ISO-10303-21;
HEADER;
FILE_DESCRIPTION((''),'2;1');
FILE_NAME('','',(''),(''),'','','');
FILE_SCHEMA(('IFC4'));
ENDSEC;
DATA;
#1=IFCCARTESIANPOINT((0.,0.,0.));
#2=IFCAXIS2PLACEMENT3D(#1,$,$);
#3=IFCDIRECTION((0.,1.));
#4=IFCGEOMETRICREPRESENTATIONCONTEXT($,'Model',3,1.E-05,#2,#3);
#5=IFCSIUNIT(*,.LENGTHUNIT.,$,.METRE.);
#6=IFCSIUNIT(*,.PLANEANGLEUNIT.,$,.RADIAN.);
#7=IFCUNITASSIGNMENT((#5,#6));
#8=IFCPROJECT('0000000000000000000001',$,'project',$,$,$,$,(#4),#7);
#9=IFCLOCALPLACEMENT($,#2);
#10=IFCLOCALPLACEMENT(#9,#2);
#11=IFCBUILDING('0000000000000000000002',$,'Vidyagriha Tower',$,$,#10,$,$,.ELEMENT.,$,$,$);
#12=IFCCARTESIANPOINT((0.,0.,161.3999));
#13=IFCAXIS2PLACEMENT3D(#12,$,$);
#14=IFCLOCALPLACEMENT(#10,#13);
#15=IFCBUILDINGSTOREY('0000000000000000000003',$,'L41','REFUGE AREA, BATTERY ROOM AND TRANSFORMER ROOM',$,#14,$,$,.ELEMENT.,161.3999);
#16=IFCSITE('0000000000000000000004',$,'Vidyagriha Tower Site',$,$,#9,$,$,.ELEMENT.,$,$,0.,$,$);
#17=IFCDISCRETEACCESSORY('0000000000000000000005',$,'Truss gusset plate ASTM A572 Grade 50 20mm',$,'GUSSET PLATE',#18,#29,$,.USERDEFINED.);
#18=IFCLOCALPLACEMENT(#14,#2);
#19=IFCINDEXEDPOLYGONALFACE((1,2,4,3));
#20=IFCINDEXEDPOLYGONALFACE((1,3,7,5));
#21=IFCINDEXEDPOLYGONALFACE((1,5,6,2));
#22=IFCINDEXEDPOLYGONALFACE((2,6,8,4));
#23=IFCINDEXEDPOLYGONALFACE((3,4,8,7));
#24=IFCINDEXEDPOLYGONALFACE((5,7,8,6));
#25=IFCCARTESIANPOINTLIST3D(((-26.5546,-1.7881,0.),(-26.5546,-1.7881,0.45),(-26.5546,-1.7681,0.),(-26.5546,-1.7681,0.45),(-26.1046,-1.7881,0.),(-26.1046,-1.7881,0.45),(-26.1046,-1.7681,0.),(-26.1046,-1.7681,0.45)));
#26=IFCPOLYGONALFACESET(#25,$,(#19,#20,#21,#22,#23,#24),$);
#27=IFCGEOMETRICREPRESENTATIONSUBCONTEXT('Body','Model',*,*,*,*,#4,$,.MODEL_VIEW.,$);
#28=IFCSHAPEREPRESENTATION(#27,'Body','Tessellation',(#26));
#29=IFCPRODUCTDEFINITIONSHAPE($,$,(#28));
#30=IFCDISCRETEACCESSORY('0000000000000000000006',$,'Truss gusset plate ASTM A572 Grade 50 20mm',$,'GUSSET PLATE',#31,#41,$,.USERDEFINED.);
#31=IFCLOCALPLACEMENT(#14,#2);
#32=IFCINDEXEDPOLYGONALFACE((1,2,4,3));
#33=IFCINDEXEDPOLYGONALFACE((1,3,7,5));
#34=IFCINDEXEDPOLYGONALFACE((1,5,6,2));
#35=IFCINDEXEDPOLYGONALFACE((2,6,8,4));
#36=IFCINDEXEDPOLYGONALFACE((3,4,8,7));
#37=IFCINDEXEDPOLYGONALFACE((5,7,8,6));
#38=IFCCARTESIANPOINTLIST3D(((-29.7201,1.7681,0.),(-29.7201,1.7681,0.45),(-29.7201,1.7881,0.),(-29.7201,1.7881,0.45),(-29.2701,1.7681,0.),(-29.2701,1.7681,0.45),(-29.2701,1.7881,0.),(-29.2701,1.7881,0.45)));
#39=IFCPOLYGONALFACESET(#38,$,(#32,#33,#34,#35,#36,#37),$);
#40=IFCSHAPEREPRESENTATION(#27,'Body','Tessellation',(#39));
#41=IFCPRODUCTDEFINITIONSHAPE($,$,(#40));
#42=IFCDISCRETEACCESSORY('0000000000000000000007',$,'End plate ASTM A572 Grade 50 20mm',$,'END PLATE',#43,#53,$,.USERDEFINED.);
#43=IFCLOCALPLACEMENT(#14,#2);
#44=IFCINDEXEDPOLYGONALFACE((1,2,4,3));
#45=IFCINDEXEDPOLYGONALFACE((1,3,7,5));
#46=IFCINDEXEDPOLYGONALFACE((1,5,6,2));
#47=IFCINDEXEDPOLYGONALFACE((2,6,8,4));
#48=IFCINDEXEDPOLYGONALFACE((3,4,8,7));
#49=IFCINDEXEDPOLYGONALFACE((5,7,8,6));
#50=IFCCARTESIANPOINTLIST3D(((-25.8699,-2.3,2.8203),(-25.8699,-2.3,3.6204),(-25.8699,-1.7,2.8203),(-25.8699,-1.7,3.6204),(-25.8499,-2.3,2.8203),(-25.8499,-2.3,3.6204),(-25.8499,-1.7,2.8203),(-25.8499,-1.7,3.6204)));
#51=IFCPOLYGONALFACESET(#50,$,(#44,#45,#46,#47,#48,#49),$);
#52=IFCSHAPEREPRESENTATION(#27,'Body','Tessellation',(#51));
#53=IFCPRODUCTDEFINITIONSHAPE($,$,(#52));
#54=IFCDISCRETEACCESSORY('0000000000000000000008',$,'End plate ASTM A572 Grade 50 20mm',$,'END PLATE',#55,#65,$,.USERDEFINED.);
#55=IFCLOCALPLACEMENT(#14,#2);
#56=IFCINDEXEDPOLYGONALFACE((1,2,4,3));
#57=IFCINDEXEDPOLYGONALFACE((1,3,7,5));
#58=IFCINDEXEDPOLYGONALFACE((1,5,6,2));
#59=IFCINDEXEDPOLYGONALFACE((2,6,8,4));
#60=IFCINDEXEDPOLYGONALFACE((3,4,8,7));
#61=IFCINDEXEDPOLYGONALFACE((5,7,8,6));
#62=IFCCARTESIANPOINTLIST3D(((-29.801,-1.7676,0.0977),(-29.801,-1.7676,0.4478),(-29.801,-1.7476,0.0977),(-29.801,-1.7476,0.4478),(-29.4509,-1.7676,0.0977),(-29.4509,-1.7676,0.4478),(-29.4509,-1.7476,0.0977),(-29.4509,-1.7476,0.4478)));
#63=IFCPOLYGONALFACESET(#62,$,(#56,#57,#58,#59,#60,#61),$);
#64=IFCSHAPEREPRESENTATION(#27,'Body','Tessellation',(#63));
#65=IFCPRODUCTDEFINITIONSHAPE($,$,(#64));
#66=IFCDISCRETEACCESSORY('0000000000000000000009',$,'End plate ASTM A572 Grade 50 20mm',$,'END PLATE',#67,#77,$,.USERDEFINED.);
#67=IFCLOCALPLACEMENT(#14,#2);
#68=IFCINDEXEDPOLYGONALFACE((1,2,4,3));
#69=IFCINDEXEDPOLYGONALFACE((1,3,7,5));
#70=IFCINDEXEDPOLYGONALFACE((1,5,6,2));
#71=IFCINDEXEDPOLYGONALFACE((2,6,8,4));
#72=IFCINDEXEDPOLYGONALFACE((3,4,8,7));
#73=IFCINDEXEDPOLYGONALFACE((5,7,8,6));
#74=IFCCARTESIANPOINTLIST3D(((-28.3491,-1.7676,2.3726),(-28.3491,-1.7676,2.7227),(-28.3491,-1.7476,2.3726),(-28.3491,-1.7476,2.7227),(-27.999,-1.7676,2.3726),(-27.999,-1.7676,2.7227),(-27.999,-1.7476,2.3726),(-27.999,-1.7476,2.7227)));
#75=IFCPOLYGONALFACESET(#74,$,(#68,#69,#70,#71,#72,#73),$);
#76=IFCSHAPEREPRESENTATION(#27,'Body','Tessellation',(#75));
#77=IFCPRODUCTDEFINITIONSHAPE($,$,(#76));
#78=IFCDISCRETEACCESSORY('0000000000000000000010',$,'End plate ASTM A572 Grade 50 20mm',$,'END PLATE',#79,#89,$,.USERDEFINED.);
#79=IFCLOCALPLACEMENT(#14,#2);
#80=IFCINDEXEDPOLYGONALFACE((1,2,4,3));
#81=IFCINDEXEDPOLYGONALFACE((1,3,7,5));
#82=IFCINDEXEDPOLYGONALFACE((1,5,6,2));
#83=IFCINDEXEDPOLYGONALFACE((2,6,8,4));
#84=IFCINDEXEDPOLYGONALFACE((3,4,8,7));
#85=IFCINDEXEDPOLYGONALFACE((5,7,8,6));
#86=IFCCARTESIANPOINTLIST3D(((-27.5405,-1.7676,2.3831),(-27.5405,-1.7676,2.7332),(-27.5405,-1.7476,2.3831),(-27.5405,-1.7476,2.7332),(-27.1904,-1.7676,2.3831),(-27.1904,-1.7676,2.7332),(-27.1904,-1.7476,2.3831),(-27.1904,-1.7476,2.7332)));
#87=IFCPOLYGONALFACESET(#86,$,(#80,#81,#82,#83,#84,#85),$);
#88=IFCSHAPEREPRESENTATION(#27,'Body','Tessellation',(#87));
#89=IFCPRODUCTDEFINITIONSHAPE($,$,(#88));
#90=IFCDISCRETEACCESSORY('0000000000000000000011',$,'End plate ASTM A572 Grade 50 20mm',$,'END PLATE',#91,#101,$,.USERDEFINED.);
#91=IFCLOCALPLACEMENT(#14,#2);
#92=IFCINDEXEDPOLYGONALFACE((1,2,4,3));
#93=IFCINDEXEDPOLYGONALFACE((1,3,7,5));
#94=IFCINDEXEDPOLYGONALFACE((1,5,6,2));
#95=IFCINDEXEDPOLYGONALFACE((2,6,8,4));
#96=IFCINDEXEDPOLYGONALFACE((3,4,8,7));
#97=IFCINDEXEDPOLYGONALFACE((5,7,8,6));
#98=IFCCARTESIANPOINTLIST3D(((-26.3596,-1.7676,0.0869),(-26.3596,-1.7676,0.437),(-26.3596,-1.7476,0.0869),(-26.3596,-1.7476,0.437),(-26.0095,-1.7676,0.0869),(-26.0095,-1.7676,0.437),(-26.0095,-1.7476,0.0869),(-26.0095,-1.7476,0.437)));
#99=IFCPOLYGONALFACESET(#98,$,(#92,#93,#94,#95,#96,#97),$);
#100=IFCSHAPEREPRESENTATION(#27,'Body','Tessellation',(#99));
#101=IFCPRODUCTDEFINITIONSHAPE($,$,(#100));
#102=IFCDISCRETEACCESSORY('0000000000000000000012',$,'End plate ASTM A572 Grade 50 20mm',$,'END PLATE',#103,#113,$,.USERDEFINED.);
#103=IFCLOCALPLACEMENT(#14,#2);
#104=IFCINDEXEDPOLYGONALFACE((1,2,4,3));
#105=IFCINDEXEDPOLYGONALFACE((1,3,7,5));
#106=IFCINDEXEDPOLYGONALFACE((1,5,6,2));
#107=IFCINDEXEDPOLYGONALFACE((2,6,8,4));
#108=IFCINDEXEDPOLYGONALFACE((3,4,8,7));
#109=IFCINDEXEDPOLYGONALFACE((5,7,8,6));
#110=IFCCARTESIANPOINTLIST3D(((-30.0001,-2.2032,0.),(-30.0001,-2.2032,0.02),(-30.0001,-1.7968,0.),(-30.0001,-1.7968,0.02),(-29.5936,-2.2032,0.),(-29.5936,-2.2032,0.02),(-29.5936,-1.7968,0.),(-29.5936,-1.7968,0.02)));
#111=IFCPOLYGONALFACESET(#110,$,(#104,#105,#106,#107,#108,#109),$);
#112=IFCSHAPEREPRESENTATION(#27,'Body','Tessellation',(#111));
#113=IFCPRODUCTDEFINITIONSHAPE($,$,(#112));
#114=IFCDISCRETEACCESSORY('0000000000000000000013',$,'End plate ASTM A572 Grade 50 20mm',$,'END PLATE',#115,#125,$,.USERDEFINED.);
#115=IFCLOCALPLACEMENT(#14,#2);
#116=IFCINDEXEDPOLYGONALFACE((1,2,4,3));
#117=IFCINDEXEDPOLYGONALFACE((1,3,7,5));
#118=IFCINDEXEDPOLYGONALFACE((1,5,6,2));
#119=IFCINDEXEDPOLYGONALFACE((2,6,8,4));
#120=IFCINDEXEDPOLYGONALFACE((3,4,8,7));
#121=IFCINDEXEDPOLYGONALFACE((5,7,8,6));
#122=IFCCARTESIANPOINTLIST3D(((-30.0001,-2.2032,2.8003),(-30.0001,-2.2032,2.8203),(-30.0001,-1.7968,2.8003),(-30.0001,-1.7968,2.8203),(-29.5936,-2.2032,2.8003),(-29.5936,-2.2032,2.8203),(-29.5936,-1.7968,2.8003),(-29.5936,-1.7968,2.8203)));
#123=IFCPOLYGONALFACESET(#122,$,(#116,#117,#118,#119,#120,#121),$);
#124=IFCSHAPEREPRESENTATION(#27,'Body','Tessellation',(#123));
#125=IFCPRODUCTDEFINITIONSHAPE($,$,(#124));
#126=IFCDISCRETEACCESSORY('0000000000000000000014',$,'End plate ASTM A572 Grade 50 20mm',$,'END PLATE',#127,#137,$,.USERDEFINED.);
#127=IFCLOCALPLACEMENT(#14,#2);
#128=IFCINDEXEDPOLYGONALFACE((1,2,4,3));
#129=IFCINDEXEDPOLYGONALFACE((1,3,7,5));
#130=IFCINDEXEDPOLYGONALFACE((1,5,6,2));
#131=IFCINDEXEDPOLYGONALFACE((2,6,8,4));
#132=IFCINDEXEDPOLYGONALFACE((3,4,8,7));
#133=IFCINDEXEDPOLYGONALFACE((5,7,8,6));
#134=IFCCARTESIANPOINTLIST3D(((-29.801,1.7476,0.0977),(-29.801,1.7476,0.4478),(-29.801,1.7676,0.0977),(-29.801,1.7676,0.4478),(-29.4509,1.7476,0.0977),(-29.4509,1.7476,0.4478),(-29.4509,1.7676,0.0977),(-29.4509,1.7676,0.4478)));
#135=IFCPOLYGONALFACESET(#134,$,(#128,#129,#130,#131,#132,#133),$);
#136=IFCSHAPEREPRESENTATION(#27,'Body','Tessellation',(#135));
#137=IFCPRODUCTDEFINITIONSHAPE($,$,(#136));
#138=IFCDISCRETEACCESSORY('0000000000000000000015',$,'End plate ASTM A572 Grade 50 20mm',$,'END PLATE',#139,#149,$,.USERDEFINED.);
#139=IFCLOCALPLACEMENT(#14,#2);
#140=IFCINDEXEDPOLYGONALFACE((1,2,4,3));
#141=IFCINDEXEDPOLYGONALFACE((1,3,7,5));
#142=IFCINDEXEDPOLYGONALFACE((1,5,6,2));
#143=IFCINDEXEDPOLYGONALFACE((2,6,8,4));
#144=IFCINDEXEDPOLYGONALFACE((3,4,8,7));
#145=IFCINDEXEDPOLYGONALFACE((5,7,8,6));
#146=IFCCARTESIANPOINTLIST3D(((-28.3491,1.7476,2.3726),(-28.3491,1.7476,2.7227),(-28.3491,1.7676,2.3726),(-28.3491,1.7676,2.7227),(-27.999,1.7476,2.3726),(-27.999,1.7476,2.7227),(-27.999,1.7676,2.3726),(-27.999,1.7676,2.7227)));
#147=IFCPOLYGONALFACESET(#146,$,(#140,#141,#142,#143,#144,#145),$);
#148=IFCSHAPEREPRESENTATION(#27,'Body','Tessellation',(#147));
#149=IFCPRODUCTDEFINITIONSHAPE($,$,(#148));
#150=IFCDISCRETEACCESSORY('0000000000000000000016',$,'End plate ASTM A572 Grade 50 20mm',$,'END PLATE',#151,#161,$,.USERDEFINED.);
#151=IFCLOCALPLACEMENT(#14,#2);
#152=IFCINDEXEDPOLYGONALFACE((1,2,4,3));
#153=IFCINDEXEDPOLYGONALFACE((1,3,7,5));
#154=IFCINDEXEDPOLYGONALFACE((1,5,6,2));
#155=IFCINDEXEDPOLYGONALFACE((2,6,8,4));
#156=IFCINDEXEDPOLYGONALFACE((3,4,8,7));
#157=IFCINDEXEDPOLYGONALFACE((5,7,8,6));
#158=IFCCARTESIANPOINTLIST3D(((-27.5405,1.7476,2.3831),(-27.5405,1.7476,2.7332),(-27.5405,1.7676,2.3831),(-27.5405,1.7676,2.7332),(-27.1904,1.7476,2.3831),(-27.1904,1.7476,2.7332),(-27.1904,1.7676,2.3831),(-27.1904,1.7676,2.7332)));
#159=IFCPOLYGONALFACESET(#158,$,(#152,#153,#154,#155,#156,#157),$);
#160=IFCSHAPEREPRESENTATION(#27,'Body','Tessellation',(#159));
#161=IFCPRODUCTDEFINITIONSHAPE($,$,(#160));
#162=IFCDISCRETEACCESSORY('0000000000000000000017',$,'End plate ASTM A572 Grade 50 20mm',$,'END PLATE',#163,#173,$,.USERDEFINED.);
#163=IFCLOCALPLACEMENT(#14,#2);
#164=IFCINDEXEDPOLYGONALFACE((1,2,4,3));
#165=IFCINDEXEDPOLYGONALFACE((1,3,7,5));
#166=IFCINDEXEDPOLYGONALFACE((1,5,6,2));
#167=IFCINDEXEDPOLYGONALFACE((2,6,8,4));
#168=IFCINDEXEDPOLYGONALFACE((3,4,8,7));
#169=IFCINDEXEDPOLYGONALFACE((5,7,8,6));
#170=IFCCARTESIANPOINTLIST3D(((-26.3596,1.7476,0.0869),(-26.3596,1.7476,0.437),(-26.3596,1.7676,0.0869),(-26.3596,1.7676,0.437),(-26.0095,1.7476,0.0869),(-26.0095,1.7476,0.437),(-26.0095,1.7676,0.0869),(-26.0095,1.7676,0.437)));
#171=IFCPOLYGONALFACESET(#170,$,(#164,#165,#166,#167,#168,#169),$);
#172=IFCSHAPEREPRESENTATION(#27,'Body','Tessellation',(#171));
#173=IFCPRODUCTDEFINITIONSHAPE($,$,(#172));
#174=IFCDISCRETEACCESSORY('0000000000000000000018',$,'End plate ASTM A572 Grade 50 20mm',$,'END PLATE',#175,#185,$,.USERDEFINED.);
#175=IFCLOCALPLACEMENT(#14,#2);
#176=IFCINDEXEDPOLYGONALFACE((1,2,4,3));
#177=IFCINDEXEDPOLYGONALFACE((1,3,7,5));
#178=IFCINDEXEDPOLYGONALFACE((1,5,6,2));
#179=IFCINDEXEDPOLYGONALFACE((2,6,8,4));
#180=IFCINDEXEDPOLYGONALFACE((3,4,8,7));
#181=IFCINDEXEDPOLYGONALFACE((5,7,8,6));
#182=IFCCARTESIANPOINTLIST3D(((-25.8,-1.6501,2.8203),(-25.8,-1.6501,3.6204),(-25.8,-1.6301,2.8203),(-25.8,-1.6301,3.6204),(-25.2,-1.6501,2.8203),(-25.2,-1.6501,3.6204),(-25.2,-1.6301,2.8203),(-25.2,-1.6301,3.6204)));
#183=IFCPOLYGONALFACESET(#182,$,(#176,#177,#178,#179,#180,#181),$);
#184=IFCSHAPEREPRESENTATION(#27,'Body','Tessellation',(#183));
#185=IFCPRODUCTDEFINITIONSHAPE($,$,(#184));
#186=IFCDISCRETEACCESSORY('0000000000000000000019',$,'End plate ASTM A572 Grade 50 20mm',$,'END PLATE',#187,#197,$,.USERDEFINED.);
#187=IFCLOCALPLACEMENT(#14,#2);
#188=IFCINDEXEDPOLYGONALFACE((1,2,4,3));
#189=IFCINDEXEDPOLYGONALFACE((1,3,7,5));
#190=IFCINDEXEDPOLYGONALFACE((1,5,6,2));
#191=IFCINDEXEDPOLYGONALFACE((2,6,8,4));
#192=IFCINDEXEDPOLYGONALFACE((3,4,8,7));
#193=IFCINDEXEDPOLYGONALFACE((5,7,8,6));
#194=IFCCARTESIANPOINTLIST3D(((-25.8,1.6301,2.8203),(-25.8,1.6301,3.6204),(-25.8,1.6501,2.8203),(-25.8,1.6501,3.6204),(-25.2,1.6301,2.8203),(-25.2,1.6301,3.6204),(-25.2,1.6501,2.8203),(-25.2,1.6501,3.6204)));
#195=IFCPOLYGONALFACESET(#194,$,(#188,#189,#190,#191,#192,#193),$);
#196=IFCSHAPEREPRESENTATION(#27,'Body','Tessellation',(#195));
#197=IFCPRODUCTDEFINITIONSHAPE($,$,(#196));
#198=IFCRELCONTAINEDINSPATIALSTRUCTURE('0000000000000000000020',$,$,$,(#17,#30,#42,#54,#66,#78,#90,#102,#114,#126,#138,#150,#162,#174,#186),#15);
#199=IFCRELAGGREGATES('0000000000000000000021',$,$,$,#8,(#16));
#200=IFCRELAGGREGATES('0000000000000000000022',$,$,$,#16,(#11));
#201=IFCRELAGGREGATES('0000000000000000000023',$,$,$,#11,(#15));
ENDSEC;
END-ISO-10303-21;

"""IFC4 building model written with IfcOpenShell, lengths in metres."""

from ifc_helpers import new_model, si_unit, direction, frame, origin, origin_2d, place, context, subcontext, project, spatial, rectangle, extrude, element, save


model = new_model("IFC4")

# Units and contexts
model_context = context("Model", 3, precision=1e-05, world=origin(), true_north=direction((0.0, 1.0)))
body_context = subcontext(model_context, "Body", "Model", "MODEL_VIEW")
ifc_project = project(units=[si_unit("LENGTHUNIT", "METRE"), si_unit("PLANEANGLEUNIT", "RADIAN")], contexts=[model_context])

# Site, building, storey
site_placement = place(None, origin())
site = spatial("IfcSite", under=ifc_project, at=site_placement, Name="Vidyagriha Tower Site", CompositionType="ELEMENT", RefElevation=0.0)
building_placement = place(site_placement, origin())
building = spatial("IfcBuilding", under=site, at=building_placement, Name="Vidyagriha Tower", CompositionType="ELEMENT")
storey_placement = place(building_placement, frame((0.0, 0.0, 161.3999)))
storey = spatial("IfcBuildingStorey", under=building, at=storey_placement, Name="L41", Description="REFUGE AREA, BATTERY ROOM AND TRANSFORMER ROOM", CompositionType="ELEMENT", Elevation=161.3999)

# Discrete accessories
for number, where, name in (
    (1, (-26.3296, -1.7781, 0.0), "Truss gusset plate ASTM A572 Grade 50 20mm"),
    (2, (-29.4951, 1.7781, 0.0), "Truss gusset plate ASTM A572 Grade 50 20mm"),
):
    element("IfcDiscreteAccessory", number, at=place(storey_placement, frame(where)), inside=storey, Name=name, ObjectType="GUSSET PLATE", PredefinedType="USERDEFINED", context=body_context, shape_type="SweptSolid", body=[
        extrude(rectangle(XDim=0.45, YDim=0.02, at=origin_2d()), origin(), (0.0, 0.0, 1.0), 0.45),
    ])
discrete_accessory_1_placement = place(storey_placement, frame((-25.8599, -2.0, 2.8203)))
element("IfcDiscreteAccessory", 3, at=discrete_accessory_1_placement, inside=storey, Name="End plate ASTM A572 Grade 50 20mm", ObjectType="END PLATE", PredefinedType="USERDEFINED", context=body_context, shape_type="SweptSolid", body=[
    extrude(rectangle(XDim=0.02, YDim=0.6001, at=origin_2d()), origin(), (0.0, 0.0, 1.0), 0.8),
])
discrete_accessory_2_placement = place(storey_placement, frame((-29.626, -1.7576, 0.0977), z_axis=(0.0, 0.0, 1.0), x_axis=(-1.0, 0.0, 0.0)))
element("IfcDiscreteAccessory", 4, at=discrete_accessory_2_placement, inside=storey, Name="End plate ASTM A572 Grade 50 20mm", ObjectType="END PLATE", PredefinedType="USERDEFINED", context=body_context, shape_type="SweptSolid", body=[
    extrude(rectangle(XDim=0.3501, YDim=0.02, at=origin_2d()), origin(), (0.0, 0.0, 1.0), 0.3501),
])
discrete_accessory_3_placement = place(storey_placement, frame((-28.1741, -1.7576, 2.3726)))
element("IfcDiscreteAccessory", 5, at=discrete_accessory_3_placement, inside=storey, Name="End plate ASTM A572 Grade 50 20mm", ObjectType="END PLATE", PredefinedType="USERDEFINED", context=body_context, shape_type="SweptSolid", body=[
    extrude(rectangle(XDim=0.3501, YDim=0.02, at=origin_2d()), origin(), (0.0, 0.0, 1.0), 0.3501),
])
discrete_accessory_4_placement = place(storey_placement, frame((-27.3655, -1.7576, 2.3831), z_axis=(0.0, 0.0, 1.0), x_axis=(-1.0, 0.0, 0.0)))
element("IfcDiscreteAccessory", 6, at=discrete_accessory_4_placement, inside=storey, Name="End plate ASTM A572 Grade 50 20mm", ObjectType="END PLATE", PredefinedType="USERDEFINED", context=body_context, shape_type="SweptSolid", body=[
    extrude(rectangle(XDim=0.3501, YDim=0.02, at=origin_2d()), origin(), (0.0, 0.0, 1.0), 0.3501),
])
discrete_accessory_5_placement = place(storey_placement, frame((-26.1846, -1.7576, 0.0869)))
element("IfcDiscreteAccessory", 7, at=discrete_accessory_5_placement, inside=storey, Name="End plate ASTM A572 Grade 50 20mm", ObjectType="END PLATE", PredefinedType="USERDEFINED", context=body_context, shape_type="SweptSolid", body=[
    extrude(rectangle(XDim=0.3501, YDim=0.02, at=origin_2d()), origin(), (0.0, 0.0, 1.0), 0.3501),
])
for number, where, name in (
    (8, (-29.7969, -2.0, 0.0), "End plate ASTM A572 Grade 50 20mm"),
    (9, (-29.7969, -2.0, 2.8003), "End plate ASTM A572 Grade 50 20mm"),
):
    element("IfcDiscreteAccessory", number, at=place(storey_placement, frame(where)), inside=storey, Name=name, ObjectType="END PLATE", PredefinedType="USERDEFINED", context=body_context, shape_type="SweptSolid", body=[
        extrude(rectangle(XDim=0.4065, YDim=0.4065, at=origin_2d()), origin(), (0.0, 0.0, 1.0), 0.02),
    ])
discrete_accessory_6_placement = place(storey_placement, frame((-29.626, 1.7576, 0.0977), z_axis=(0.0, 0.0, 1.0), x_axis=(-1.0, 0.0, 0.0)))
element("IfcDiscreteAccessory", 10, at=discrete_accessory_6_placement, inside=storey, Name="End plate ASTM A572 Grade 50 20mm", ObjectType="END PLATE", PredefinedType="USERDEFINED", context=body_context, shape_type="SweptSolid", body=[
    extrude(rectangle(XDim=0.3501, YDim=0.02, at=origin_2d()), origin(), (0.0, 0.0, 1.0), 0.3501),
])
discrete_accessory_7_placement = place(storey_placement, frame((-28.1741, 1.7576, 2.3726)))
element("IfcDiscreteAccessory", 11, at=discrete_accessory_7_placement, inside=storey, Name="End plate ASTM A572 Grade 50 20mm", ObjectType="END PLATE", PredefinedType="USERDEFINED", context=body_context, shape_type="SweptSolid", body=[
    extrude(rectangle(XDim=0.3501, YDim=0.02, at=origin_2d()), origin(), (0.0, 0.0, 1.0), 0.3501),
])
discrete_accessory_8_placement = place(storey_placement, frame((-27.3655, 1.7576, 2.3831), z_axis=(0.0, 0.0, 1.0), x_axis=(-1.0, 0.0, 0.0)))
element("IfcDiscreteAccessory", 12, at=discrete_accessory_8_placement, inside=storey, Name="End plate ASTM A572 Grade 50 20mm", ObjectType="END PLATE", PredefinedType="USERDEFINED", context=body_context, shape_type="SweptSolid", body=[
    extrude(rectangle(XDim=0.3501, YDim=0.02, at=origin_2d()), origin(), (0.0, 0.0, 1.0), 0.3501),
])
discrete_accessory_9_placement = place(storey_placement, frame((-26.1846, 1.7576, 0.0869)))
element("IfcDiscreteAccessory", 13, at=discrete_accessory_9_placement, inside=storey, Name="End plate ASTM A572 Grade 50 20mm", ObjectType="END PLATE", PredefinedType="USERDEFINED", context=body_context, shape_type="SweptSolid", body=[
    extrude(rectangle(XDim=0.3501, YDim=0.02, at=origin_2d()), origin(), (0.0, 0.0, 1.0), 0.3501),
])
for number, where, z_axis, x_axis, name in (
    (14, (-25.5, -1.6401, 2.8203), (0.0, 0.0, 1.0), (0.0, -1.0, 0.0), "End plate ASTM A572 Grade 50 20mm"),
    (15, (-25.5, 1.6401, 2.8203), (0.0, 0.0, 1.0), (0.0, 1.0, 0.0), "End plate ASTM A572 Grade 50 20mm"),
):
    element("IfcDiscreteAccessory", number, at=place(storey_placement, frame(where, z_axis=z_axis, x_axis=x_axis)), inside=storey, Name=name, ObjectType="END PLATE", PredefinedType="USERDEFINED", context=body_context, shape_type="SweptSolid", body=[
        extrude(rectangle(XDim=0.02, YDim=0.6001, at=origin_2d()), origin(), (0.0, 0.0, 1.0), 0.8),
    ])

save(model, "model.ifc")
